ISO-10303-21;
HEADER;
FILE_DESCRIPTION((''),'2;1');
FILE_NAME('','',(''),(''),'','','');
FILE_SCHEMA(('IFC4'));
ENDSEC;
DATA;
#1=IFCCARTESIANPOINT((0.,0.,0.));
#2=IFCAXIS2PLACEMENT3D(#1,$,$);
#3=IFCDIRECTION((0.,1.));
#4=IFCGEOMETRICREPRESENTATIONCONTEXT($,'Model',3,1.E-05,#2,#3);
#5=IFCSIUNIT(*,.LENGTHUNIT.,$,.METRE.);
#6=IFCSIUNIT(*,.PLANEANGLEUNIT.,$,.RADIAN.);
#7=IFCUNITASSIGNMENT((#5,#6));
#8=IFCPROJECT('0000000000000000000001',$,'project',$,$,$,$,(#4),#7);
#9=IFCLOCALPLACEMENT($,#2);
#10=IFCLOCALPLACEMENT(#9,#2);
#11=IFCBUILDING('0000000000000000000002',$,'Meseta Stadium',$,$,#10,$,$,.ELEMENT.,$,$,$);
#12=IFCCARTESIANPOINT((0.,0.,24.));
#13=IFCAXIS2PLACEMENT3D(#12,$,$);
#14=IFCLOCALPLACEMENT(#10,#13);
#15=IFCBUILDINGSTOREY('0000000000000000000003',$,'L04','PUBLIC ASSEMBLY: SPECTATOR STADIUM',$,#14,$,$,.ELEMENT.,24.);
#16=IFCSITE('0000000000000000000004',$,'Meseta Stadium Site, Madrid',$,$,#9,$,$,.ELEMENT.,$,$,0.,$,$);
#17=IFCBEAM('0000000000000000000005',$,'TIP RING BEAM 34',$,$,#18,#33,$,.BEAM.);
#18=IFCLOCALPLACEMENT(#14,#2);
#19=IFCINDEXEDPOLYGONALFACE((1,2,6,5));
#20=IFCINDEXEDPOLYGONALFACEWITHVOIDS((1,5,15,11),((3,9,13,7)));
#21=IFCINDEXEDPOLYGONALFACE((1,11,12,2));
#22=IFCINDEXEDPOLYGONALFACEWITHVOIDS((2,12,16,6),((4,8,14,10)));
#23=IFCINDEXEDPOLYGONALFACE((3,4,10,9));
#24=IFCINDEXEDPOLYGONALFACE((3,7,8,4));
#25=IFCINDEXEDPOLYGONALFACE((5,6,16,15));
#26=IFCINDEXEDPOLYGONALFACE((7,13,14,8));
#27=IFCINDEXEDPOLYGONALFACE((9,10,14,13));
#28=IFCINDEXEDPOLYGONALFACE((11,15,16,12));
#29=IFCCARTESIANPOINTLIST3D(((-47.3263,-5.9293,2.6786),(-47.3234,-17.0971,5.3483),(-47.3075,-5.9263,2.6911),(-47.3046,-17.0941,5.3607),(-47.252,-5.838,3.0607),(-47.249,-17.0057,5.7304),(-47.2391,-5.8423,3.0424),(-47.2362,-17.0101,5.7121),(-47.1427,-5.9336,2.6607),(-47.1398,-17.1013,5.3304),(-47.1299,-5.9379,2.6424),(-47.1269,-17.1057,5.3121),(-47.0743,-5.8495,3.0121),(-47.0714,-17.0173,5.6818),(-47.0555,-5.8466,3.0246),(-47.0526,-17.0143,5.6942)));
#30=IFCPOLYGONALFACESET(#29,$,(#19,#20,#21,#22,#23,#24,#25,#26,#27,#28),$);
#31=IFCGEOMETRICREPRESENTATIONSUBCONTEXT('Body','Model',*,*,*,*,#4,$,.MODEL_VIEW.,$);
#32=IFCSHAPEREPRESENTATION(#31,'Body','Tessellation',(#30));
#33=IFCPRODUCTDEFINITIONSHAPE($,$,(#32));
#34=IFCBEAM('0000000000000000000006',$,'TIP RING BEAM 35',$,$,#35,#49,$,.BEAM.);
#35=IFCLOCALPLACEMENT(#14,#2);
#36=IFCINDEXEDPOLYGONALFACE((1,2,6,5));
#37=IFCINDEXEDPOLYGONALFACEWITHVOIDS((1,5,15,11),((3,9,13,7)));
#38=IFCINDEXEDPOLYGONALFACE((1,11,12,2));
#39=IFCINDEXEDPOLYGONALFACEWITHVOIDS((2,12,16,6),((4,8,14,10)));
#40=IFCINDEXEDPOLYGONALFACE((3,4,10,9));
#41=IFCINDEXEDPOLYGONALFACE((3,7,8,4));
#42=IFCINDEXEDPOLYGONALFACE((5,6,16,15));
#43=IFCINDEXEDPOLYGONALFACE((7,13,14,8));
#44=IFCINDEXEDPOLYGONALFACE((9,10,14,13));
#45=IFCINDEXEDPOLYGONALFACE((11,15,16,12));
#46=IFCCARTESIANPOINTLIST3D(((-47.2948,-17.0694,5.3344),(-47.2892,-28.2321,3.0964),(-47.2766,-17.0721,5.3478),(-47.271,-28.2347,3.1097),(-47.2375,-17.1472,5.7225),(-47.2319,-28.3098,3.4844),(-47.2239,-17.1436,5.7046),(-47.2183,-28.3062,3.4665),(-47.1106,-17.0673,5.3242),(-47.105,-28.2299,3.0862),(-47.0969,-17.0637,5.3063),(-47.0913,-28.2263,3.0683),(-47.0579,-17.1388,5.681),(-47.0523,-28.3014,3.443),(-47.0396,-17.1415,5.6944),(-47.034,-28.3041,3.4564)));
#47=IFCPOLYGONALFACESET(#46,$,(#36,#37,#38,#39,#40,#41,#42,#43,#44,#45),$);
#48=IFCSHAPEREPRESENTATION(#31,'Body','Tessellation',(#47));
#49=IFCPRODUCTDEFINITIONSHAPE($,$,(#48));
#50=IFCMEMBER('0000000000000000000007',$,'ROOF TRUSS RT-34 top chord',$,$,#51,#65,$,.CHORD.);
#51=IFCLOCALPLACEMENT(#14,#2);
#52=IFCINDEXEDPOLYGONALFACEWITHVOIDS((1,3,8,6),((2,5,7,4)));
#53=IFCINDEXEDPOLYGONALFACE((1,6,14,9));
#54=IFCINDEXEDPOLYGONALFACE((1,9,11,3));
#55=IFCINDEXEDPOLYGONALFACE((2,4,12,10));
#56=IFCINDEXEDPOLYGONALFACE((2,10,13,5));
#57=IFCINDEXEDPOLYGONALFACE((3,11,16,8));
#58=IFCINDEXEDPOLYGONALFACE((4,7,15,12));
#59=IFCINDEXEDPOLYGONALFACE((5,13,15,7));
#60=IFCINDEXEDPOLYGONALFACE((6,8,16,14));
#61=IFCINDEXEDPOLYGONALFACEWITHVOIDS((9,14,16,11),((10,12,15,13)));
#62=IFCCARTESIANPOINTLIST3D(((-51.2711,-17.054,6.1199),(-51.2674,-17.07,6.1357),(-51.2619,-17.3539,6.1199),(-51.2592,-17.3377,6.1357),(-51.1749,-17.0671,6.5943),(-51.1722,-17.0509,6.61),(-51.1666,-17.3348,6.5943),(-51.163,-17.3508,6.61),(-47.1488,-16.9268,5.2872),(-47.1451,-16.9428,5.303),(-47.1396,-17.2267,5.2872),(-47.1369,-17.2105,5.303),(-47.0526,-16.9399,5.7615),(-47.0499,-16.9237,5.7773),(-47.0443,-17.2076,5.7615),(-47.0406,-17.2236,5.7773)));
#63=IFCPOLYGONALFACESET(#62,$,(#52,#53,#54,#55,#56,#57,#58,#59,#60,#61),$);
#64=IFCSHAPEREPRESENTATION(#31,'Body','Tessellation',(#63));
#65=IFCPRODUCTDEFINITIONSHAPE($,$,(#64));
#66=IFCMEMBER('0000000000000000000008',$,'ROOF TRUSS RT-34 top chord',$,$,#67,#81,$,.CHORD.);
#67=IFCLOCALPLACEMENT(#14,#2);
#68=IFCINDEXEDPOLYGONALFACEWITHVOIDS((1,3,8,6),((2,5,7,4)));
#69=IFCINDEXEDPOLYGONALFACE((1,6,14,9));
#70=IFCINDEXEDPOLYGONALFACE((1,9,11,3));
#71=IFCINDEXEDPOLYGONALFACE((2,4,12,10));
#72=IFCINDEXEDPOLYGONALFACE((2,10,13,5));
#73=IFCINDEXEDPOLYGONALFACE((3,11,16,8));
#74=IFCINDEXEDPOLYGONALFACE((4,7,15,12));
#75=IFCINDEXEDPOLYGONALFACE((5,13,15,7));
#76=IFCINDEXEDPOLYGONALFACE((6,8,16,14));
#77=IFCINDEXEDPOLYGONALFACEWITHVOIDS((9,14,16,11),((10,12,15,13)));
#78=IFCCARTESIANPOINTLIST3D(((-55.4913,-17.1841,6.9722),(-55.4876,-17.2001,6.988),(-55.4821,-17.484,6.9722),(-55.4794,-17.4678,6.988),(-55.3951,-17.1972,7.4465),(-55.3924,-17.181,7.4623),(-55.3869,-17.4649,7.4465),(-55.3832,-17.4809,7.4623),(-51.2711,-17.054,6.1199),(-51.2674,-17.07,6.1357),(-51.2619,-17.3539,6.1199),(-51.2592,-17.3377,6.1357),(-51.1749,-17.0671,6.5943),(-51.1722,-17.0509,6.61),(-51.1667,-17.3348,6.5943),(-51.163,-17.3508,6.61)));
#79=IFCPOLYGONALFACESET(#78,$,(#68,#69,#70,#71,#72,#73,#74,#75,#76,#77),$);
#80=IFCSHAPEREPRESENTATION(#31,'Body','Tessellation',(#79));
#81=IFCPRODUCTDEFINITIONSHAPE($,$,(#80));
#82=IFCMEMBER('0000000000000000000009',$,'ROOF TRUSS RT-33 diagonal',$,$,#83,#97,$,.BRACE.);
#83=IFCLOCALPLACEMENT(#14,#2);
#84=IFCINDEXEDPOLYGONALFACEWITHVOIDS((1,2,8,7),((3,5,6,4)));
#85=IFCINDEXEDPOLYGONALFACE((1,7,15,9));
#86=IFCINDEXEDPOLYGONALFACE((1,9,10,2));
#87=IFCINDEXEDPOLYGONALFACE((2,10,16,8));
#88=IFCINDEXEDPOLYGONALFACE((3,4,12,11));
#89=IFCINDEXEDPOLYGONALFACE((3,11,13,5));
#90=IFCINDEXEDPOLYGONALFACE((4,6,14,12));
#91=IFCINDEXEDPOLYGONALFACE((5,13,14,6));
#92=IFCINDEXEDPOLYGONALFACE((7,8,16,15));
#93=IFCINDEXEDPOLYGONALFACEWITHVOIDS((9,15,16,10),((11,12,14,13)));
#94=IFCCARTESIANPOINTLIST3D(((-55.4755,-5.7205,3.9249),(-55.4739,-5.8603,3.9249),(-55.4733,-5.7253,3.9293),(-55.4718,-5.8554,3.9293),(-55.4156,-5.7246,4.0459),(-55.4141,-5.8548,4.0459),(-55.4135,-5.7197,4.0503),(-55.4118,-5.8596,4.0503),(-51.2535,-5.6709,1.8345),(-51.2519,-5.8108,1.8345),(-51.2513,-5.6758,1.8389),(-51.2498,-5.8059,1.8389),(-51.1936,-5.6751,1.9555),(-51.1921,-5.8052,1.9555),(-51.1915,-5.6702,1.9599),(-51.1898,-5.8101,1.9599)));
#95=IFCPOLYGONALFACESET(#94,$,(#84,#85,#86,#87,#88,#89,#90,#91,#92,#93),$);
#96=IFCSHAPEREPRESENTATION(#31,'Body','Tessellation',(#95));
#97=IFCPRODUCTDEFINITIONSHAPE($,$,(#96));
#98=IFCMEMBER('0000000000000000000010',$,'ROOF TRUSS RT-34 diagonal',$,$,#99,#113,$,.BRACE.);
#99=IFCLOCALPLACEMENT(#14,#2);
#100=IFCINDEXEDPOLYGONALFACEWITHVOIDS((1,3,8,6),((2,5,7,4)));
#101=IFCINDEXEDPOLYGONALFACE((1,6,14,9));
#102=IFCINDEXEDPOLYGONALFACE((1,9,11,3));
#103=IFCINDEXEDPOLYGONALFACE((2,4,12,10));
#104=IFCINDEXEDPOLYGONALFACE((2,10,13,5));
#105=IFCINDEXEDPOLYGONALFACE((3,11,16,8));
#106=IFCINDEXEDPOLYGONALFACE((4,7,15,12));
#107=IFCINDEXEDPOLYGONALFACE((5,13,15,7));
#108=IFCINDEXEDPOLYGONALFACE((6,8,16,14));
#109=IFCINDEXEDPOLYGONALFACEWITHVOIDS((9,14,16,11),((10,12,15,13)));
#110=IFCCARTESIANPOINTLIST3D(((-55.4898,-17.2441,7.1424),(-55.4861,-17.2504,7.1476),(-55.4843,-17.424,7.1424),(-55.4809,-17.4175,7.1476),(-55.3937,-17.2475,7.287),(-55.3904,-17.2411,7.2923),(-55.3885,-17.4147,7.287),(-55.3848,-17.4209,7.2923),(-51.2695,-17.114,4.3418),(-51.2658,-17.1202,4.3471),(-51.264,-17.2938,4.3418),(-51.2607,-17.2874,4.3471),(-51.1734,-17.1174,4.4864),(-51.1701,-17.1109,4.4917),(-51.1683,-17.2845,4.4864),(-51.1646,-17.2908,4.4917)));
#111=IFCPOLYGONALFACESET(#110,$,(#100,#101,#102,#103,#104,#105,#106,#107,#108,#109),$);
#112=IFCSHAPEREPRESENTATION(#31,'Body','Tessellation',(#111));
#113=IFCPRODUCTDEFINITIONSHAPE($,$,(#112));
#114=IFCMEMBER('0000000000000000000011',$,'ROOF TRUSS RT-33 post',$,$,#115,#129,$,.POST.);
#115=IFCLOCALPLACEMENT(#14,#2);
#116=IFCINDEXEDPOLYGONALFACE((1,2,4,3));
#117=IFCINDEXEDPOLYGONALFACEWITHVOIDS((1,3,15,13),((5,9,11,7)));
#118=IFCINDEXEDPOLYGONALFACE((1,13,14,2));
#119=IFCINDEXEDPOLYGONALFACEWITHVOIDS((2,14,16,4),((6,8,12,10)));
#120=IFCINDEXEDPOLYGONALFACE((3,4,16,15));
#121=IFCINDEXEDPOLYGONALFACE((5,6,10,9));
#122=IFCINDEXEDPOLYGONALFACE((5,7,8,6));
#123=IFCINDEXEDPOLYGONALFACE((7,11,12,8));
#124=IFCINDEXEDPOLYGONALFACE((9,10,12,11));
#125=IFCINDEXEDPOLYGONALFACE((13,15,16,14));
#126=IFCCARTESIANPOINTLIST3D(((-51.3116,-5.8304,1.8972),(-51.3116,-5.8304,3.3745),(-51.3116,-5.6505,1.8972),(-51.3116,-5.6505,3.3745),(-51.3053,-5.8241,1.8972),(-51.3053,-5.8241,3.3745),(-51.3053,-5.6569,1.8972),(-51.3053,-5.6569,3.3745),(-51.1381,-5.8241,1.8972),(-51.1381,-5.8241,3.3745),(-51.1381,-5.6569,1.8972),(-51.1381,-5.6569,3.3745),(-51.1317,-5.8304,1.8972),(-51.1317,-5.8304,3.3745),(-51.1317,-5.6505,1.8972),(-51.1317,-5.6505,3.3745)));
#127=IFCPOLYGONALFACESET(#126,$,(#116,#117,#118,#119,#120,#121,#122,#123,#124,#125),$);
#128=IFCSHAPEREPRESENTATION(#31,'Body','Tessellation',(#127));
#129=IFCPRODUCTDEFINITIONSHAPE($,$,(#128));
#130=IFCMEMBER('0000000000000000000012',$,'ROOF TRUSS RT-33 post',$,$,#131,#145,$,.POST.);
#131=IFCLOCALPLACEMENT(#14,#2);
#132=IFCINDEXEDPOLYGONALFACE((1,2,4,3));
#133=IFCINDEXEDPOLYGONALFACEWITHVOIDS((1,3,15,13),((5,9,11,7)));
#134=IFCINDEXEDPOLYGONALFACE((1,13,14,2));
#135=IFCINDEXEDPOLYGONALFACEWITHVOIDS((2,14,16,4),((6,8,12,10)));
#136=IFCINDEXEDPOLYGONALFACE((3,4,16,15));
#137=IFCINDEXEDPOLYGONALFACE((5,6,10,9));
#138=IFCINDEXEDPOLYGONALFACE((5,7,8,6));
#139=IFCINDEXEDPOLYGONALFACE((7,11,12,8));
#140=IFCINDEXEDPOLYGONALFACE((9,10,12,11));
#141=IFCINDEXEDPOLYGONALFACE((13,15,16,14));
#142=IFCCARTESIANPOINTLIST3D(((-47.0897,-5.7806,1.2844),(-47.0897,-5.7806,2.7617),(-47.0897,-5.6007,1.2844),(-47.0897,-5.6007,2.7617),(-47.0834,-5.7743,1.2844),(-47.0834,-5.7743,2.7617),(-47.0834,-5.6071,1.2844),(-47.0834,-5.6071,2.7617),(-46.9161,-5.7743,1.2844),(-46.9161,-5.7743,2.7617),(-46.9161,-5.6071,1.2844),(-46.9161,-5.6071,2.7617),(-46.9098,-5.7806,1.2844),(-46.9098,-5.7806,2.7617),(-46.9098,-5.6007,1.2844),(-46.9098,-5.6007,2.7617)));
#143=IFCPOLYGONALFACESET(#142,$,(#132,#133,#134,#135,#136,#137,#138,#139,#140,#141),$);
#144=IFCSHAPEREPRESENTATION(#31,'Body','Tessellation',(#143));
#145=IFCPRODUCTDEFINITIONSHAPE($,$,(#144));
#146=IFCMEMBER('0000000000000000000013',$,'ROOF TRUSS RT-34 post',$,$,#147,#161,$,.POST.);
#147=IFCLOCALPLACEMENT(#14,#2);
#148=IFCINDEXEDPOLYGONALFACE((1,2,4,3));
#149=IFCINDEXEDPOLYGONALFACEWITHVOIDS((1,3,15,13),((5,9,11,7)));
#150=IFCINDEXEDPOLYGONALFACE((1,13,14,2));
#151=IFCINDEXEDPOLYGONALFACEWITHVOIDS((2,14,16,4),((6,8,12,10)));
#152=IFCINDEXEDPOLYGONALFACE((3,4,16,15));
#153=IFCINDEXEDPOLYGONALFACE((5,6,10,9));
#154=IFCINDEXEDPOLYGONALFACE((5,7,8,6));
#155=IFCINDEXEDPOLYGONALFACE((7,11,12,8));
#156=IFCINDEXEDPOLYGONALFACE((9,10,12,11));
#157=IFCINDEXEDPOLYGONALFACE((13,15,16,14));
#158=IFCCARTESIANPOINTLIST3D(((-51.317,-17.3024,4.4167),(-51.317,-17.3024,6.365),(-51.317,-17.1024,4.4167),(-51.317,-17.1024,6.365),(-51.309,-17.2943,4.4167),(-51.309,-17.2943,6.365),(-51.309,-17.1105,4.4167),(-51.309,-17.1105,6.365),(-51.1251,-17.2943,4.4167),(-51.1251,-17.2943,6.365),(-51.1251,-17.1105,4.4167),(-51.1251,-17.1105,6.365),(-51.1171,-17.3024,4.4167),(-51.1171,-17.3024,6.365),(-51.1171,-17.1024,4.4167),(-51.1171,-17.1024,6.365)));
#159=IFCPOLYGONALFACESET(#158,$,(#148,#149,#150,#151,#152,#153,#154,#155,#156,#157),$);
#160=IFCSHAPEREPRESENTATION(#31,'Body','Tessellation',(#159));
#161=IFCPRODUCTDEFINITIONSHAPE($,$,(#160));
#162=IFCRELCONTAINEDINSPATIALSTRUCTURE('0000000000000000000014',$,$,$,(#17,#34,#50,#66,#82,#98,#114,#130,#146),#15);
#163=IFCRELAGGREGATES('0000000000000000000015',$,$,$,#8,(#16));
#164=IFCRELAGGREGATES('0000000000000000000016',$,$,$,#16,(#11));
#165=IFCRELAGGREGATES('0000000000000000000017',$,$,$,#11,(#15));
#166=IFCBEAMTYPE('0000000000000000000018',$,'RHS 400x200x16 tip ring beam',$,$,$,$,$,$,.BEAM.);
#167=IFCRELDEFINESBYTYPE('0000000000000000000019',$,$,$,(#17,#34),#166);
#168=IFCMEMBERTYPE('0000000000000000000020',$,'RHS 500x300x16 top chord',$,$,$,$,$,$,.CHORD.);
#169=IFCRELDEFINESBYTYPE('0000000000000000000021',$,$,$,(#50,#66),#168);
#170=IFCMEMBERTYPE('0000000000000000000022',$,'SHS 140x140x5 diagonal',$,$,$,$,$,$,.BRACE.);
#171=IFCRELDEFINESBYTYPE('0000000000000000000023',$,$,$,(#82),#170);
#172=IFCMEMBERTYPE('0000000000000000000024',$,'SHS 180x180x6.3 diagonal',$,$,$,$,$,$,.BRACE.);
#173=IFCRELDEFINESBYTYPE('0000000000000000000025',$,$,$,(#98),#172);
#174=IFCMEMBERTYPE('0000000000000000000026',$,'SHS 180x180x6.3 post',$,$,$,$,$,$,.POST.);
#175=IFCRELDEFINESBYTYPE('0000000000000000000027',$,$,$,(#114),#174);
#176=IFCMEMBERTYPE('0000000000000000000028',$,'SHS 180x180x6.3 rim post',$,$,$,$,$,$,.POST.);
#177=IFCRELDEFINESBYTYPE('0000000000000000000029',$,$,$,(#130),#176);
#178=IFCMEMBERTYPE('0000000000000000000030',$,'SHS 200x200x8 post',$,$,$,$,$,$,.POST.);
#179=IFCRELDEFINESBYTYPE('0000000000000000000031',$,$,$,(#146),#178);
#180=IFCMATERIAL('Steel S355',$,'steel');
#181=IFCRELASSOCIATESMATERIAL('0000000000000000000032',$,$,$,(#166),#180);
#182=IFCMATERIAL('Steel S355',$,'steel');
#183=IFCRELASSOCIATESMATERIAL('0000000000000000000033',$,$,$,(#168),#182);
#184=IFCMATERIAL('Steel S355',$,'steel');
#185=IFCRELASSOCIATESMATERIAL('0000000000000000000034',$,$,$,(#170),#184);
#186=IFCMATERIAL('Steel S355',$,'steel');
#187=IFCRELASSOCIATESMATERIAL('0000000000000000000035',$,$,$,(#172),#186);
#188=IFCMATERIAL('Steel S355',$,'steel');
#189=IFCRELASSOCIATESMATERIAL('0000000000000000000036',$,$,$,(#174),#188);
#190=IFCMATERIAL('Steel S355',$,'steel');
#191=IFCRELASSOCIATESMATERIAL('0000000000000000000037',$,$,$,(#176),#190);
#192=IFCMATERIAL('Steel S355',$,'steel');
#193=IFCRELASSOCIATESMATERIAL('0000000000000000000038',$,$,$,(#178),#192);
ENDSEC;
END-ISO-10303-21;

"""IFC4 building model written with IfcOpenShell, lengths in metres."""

from ifc_helpers import new_model, si_unit, direction, frame, origin, origin_2d, place, context, subcontext, project, spatial, hollow_rectangle, extrude, material, material_profile, profile_set, type_object, element, save


model = new_model("IFC4")

# Units and contexts
model_context = context("Model", 3, precision=1e-05, world=origin(), true_north=direction((0.0, 1.0)))
body_context = subcontext(model_context, "Body", "Model", "MODEL_VIEW")
ifc_project = project(units=[si_unit("LENGTHUNIT", "METRE"), si_unit("PLANEANGLEUNIT", "RADIAN")], contexts=[model_context])

# Site, building, storey
site_placement = place(None, origin())
site = spatial("IfcSite", under=ifc_project, at=site_placement, Name="Meseta Stadium Site, Madrid", CompositionType="ELEMENT", RefElevation=0.0)
building_placement = place(site_placement, origin())
building = spatial("IfcBuilding", under=site, at=building_placement, Name="Meseta Stadium", CompositionType="ELEMENT")
storey_placement = place(building_placement, frame((0.0, 0.0, 24.0)))
storey = spatial("IfcBuildingStorey", under=building, at=storey_placement, Name="L04", Description="PUBLIC ASSEMBLY: SPECTATOR STADIUM", CompositionType="ELEMENT", Elevation=24.0)

# Beams
ifc_material_1 = material(Name="Steel S355", Category="steel")
ifc_material_profile_1 = material_profile(ifc_material_1, hollow_rectangle(XDim=0.2, YDim=0.3999, WallThickness=0.0161, at=origin_2d()), Name="RHS 400x200x16")
ifc_profile_set_1 = profile_set([ifc_material_profile_1], Name="Steel S355")
beam_type = type_object("IfcBeamType", Name="RHS 400x200x16 tip ring beam", PredefinedType="BEAM", material=ifc_profile_set_1)
beam_1_placement = place(storey_placement, frame((-47.1909, -5.8879, 2.8516), z_axis=(0.000255, -0.972596, 0.232502), x_axis=(0.982555, -0.042996, -0.180936)))
element("IfcBeam", 1, at=beam_1_placement, inside=storey, type_object=beam_type, Name="TIP RING BEAM 34", PredefinedType="BEAM", context=body_context, shape_type="SweptSolid", body=[
    extrude(hollow_rectangle(XDim=0.2, YDim=0.3999, WallThickness=0.0161, at=origin_2d()), origin(), (0.0, 0.0, 1.0), 11.4824),
])
beam_2_placement = place(storey_placement, frame((-47.1672, -17.1055, 5.5144), z_axis=(0.000493, -0.980487, -0.196582), x_axis=(0.989678, 0.028651, -0.140417)))
element("IfcBeam", 2, at=beam_2_placement, inside=storey, type_object=beam_type, Name="TIP RING BEAM 35", PredefinedType="BEAM", context=body_context, shape_type="SweptSolid", body=[
    extrude(hollow_rectangle(XDim=0.2, YDim=0.3999, WallThickness=0.0161, at=origin_2d()), origin(), (0.0, 0.0, 1.0), 11.3848),
])

# Members
ifc_material_2 = material(Name="Steel S355", Category="steel")
ifc_material_profile_2 = material_profile(ifc_material_2, hollow_rectangle(XDim=0.3, YDim=0.5, WallThickness=0.0161, at=origin_2d()), Name="RHS 500x300x16")
ifc_profile_set_2 = profile_set([ifc_material_profile_2], Name="Steel S355")
member_type_1 = type_object("IfcMemberType", Name="RHS 500x300x16 top chord", PredefinedType="CHORD", material=ifc_profile_set_2)
member_1_placement = place(storey_placement, frame((-47.0947, -17.0752, 5.5322), z_axis=(-0.979751, -0.030231, 0.197923), x_axis=(0.030841, -0.999524, 0.0)))
element("IfcMember", 3, at=member_1_placement, inside=storey, type_object=member_type_1, Name="ROOF TRUSS RT-34 top chord", PredefinedType="CHORD", context=body_context, shape_type="SweptSolid", body=[
    extrude(hollow_rectangle(XDim=0.3, YDim=0.5, WallThickness=0.0161, at=origin_2d()), origin(), (0.0, 0.0, 1.0), 4.2075),
])
member_2_placement = place(storey_placement, frame((-51.217, -17.2024, 6.365), z_axis=(-0.979763, -0.03021, 0.197868), x_axis=(0.03082, -0.999525, 0.0)))
element("IfcMember", 4, at=member_2_placement, inside=storey, type_object=member_type_1, Name="ROOF TRUSS RT-34 top chord", PredefinedType="CHORD", context=body_context, shape_type="SweptSolid", body=[
    extrude(hollow_rectangle(XDim=0.3, YDim=0.5, WallThickness=0.0161, at=origin_2d()), origin(), (0.0, 0.0, 1.0), 4.3074),
])
ifc_material_3 = material(Name="Steel S355", Category="steel")
ifc_material_profile_3 = material_profile(ifc_material_3, hollow_rectangle(XDim=0.1399, YDim=0.1399, WallThickness=0.0049, at=origin_2d()), Name="SHS 140x140x5")
ifc_profile_set_3 = profile_set([ifc_material_profile_3], Name="Steel S355")
member_type_2 = type_object("IfcMemberType", Name="SHS 140x140x5 diagonal", PredefinedType="BRACE", material=ifc_profile_set_3)
member_3_placement = place(storey_placement, frame((-51.2217, -5.7405, 1.8972), z_axis=(-0.896122, -0.010519, 0.443682), x_axis=(0.011738, -0.999931, 0.0)))
element("IfcMember", 5, at=member_3_placement, inside=storey, type_object=member_type_2, Name="ROOF TRUSS RT-33 diagonal", PredefinedType="BRACE", context=body_context, shape_type="SweptSolid", body=[
    extrude(hollow_rectangle(XDim=0.1399, YDim=0.1399, WallThickness=0.0049, at=origin_2d()), origin(), (0.0, 0.0, 1.0), 4.7114),
])
ifc_material_4 = material(Name="Steel S355", Category="steel")
ifc_material_profile_4 = material_profile(ifc_material_4, hollow_rectangle(XDim=0.1799, YDim=0.1799, WallThickness=0.0063, at=origin_2d()), Name="SHS 180x180x6.3")
ifc_profile_set_4 = profile_set([ifc_material_profile_4], Name="Steel S355")
member_type_3 = type_object("IfcMemberType", Name="SHS 180x180x6.3 diagonal", PredefinedType="BRACE", material=ifc_profile_set_4)
member_4_placement = place(storey_placement, frame((-51.217, -17.2024, 4.4167), z_axis=(-0.832953, -0.025683, 0.552748), x_axis=(0.03082, -0.999525, 0.0)))
element("IfcMember", 6, at=member_4_placement, inside=storey, type_object=member_type_3, Name="ROOF TRUSS RT-34 diagonal", PredefinedType="BRACE", context=body_context, shape_type="SweptSolid", body=[
    extrude(hollow_rectangle(XDim=0.1799, YDim=0.1799, WallThickness=0.0063, at=origin_2d()), origin(), (0.0, 0.0, 1.0), 5.0667),
])
ifc_material_5 = material(Name="Steel S355", Category="steel")
ifc_material_profile_5 = material_profile(ifc_material_5, hollow_rectangle(XDim=0.1799, YDim=0.1799, WallThickness=0.0063, at=origin_2d()), Name="SHS 180x180x6.3")
ifc_profile_set_5 = profile_set([ifc_material_profile_5], Name="Steel S355")
member_type_4 = type_object("IfcMemberType", Name="SHS 180x180x6.3 post", PredefinedType="POST", material=ifc_profile_set_5)
member_5_placement = place(storey_placement, frame((-51.2217, -5.7405, 1.8972), z_axis=(0.0, 0.0, 1.0), x_axis=(1.0, 0.0, 0.0)))
element("IfcMember", 7, at=member_5_placement, inside=storey, type_object=member_type_4, Name="ROOF TRUSS RT-33 post", PredefinedType="POST", context=body_context, shape_type="SweptSolid", body=[
    extrude(hollow_rectangle(XDim=0.1799, YDim=0.1799, WallThickness=0.0063, at=origin_2d()), origin(), (0.0, 0.0, 1.0), 1.4773),
])
ifc_material_6 = material(Name="Steel S355", Category="steel")
ifc_material_profile_6 = material_profile(ifc_material_6, hollow_rectangle(XDim=0.1799, YDim=0.1799, WallThickness=0.0063, at=origin_2d()), Name="SHS 180x180x6.3")
ifc_profile_set_6 = profile_set([ifc_material_profile_6], Name="Steel S355")
member_type_5 = type_object("IfcMemberType", Name="SHS 180x180x6.3 rim post", PredefinedType="POST", material=ifc_profile_set_6)
member_6_placement = place(storey_placement, frame((-46.9998, -5.6907, 1.2844), z_axis=(0.0, 0.0, 1.0), x_axis=(1.0, 0.0, 0.0)))
element("IfcMember", 8, at=member_6_placement, inside=storey, type_object=member_type_5, Name="ROOF TRUSS RT-33 post", PredefinedType="POST", context=body_context, shape_type="SweptSolid", body=[
    extrude(hollow_rectangle(XDim=0.1799, YDim=0.1799, WallThickness=0.0063, at=origin_2d()), origin(), (0.0, 0.0, 1.0), 1.4773),
])
ifc_material_7 = material(Name="Steel S355", Category="steel")
ifc_material_profile_7 = material_profile(ifc_material_7, hollow_rectangle(XDim=0.2, YDim=0.2, WallThickness=0.0081, at=origin_2d()), Name="SHS 200x200x8")
ifc_profile_set_7 = profile_set([ifc_material_profile_7], Name="Steel S355")
member_type_6 = type_object("IfcMemberType", Name="SHS 200x200x8 post", PredefinedType="POST", material=ifc_profile_set_7)
member_7_placement = place(storey_placement, frame((-51.217, -17.2024, 4.4167), z_axis=(0.0, 0.0, 1.0), x_axis=(1.0, 0.0, 0.0)))
element("IfcMember", 9, at=member_7_placement, inside=storey, type_object=member_type_6, Name="ROOF TRUSS RT-34 post", PredefinedType="POST", context=body_context, shape_type="SweptSolid", body=[
    extrude(hollow_rectangle(XDim=0.2, YDim=0.2, WallThickness=0.0081, at=origin_2d()), origin(), (0.0, 0.0, 1.0), 1.9482),
])

save(model, "model.ifc")
